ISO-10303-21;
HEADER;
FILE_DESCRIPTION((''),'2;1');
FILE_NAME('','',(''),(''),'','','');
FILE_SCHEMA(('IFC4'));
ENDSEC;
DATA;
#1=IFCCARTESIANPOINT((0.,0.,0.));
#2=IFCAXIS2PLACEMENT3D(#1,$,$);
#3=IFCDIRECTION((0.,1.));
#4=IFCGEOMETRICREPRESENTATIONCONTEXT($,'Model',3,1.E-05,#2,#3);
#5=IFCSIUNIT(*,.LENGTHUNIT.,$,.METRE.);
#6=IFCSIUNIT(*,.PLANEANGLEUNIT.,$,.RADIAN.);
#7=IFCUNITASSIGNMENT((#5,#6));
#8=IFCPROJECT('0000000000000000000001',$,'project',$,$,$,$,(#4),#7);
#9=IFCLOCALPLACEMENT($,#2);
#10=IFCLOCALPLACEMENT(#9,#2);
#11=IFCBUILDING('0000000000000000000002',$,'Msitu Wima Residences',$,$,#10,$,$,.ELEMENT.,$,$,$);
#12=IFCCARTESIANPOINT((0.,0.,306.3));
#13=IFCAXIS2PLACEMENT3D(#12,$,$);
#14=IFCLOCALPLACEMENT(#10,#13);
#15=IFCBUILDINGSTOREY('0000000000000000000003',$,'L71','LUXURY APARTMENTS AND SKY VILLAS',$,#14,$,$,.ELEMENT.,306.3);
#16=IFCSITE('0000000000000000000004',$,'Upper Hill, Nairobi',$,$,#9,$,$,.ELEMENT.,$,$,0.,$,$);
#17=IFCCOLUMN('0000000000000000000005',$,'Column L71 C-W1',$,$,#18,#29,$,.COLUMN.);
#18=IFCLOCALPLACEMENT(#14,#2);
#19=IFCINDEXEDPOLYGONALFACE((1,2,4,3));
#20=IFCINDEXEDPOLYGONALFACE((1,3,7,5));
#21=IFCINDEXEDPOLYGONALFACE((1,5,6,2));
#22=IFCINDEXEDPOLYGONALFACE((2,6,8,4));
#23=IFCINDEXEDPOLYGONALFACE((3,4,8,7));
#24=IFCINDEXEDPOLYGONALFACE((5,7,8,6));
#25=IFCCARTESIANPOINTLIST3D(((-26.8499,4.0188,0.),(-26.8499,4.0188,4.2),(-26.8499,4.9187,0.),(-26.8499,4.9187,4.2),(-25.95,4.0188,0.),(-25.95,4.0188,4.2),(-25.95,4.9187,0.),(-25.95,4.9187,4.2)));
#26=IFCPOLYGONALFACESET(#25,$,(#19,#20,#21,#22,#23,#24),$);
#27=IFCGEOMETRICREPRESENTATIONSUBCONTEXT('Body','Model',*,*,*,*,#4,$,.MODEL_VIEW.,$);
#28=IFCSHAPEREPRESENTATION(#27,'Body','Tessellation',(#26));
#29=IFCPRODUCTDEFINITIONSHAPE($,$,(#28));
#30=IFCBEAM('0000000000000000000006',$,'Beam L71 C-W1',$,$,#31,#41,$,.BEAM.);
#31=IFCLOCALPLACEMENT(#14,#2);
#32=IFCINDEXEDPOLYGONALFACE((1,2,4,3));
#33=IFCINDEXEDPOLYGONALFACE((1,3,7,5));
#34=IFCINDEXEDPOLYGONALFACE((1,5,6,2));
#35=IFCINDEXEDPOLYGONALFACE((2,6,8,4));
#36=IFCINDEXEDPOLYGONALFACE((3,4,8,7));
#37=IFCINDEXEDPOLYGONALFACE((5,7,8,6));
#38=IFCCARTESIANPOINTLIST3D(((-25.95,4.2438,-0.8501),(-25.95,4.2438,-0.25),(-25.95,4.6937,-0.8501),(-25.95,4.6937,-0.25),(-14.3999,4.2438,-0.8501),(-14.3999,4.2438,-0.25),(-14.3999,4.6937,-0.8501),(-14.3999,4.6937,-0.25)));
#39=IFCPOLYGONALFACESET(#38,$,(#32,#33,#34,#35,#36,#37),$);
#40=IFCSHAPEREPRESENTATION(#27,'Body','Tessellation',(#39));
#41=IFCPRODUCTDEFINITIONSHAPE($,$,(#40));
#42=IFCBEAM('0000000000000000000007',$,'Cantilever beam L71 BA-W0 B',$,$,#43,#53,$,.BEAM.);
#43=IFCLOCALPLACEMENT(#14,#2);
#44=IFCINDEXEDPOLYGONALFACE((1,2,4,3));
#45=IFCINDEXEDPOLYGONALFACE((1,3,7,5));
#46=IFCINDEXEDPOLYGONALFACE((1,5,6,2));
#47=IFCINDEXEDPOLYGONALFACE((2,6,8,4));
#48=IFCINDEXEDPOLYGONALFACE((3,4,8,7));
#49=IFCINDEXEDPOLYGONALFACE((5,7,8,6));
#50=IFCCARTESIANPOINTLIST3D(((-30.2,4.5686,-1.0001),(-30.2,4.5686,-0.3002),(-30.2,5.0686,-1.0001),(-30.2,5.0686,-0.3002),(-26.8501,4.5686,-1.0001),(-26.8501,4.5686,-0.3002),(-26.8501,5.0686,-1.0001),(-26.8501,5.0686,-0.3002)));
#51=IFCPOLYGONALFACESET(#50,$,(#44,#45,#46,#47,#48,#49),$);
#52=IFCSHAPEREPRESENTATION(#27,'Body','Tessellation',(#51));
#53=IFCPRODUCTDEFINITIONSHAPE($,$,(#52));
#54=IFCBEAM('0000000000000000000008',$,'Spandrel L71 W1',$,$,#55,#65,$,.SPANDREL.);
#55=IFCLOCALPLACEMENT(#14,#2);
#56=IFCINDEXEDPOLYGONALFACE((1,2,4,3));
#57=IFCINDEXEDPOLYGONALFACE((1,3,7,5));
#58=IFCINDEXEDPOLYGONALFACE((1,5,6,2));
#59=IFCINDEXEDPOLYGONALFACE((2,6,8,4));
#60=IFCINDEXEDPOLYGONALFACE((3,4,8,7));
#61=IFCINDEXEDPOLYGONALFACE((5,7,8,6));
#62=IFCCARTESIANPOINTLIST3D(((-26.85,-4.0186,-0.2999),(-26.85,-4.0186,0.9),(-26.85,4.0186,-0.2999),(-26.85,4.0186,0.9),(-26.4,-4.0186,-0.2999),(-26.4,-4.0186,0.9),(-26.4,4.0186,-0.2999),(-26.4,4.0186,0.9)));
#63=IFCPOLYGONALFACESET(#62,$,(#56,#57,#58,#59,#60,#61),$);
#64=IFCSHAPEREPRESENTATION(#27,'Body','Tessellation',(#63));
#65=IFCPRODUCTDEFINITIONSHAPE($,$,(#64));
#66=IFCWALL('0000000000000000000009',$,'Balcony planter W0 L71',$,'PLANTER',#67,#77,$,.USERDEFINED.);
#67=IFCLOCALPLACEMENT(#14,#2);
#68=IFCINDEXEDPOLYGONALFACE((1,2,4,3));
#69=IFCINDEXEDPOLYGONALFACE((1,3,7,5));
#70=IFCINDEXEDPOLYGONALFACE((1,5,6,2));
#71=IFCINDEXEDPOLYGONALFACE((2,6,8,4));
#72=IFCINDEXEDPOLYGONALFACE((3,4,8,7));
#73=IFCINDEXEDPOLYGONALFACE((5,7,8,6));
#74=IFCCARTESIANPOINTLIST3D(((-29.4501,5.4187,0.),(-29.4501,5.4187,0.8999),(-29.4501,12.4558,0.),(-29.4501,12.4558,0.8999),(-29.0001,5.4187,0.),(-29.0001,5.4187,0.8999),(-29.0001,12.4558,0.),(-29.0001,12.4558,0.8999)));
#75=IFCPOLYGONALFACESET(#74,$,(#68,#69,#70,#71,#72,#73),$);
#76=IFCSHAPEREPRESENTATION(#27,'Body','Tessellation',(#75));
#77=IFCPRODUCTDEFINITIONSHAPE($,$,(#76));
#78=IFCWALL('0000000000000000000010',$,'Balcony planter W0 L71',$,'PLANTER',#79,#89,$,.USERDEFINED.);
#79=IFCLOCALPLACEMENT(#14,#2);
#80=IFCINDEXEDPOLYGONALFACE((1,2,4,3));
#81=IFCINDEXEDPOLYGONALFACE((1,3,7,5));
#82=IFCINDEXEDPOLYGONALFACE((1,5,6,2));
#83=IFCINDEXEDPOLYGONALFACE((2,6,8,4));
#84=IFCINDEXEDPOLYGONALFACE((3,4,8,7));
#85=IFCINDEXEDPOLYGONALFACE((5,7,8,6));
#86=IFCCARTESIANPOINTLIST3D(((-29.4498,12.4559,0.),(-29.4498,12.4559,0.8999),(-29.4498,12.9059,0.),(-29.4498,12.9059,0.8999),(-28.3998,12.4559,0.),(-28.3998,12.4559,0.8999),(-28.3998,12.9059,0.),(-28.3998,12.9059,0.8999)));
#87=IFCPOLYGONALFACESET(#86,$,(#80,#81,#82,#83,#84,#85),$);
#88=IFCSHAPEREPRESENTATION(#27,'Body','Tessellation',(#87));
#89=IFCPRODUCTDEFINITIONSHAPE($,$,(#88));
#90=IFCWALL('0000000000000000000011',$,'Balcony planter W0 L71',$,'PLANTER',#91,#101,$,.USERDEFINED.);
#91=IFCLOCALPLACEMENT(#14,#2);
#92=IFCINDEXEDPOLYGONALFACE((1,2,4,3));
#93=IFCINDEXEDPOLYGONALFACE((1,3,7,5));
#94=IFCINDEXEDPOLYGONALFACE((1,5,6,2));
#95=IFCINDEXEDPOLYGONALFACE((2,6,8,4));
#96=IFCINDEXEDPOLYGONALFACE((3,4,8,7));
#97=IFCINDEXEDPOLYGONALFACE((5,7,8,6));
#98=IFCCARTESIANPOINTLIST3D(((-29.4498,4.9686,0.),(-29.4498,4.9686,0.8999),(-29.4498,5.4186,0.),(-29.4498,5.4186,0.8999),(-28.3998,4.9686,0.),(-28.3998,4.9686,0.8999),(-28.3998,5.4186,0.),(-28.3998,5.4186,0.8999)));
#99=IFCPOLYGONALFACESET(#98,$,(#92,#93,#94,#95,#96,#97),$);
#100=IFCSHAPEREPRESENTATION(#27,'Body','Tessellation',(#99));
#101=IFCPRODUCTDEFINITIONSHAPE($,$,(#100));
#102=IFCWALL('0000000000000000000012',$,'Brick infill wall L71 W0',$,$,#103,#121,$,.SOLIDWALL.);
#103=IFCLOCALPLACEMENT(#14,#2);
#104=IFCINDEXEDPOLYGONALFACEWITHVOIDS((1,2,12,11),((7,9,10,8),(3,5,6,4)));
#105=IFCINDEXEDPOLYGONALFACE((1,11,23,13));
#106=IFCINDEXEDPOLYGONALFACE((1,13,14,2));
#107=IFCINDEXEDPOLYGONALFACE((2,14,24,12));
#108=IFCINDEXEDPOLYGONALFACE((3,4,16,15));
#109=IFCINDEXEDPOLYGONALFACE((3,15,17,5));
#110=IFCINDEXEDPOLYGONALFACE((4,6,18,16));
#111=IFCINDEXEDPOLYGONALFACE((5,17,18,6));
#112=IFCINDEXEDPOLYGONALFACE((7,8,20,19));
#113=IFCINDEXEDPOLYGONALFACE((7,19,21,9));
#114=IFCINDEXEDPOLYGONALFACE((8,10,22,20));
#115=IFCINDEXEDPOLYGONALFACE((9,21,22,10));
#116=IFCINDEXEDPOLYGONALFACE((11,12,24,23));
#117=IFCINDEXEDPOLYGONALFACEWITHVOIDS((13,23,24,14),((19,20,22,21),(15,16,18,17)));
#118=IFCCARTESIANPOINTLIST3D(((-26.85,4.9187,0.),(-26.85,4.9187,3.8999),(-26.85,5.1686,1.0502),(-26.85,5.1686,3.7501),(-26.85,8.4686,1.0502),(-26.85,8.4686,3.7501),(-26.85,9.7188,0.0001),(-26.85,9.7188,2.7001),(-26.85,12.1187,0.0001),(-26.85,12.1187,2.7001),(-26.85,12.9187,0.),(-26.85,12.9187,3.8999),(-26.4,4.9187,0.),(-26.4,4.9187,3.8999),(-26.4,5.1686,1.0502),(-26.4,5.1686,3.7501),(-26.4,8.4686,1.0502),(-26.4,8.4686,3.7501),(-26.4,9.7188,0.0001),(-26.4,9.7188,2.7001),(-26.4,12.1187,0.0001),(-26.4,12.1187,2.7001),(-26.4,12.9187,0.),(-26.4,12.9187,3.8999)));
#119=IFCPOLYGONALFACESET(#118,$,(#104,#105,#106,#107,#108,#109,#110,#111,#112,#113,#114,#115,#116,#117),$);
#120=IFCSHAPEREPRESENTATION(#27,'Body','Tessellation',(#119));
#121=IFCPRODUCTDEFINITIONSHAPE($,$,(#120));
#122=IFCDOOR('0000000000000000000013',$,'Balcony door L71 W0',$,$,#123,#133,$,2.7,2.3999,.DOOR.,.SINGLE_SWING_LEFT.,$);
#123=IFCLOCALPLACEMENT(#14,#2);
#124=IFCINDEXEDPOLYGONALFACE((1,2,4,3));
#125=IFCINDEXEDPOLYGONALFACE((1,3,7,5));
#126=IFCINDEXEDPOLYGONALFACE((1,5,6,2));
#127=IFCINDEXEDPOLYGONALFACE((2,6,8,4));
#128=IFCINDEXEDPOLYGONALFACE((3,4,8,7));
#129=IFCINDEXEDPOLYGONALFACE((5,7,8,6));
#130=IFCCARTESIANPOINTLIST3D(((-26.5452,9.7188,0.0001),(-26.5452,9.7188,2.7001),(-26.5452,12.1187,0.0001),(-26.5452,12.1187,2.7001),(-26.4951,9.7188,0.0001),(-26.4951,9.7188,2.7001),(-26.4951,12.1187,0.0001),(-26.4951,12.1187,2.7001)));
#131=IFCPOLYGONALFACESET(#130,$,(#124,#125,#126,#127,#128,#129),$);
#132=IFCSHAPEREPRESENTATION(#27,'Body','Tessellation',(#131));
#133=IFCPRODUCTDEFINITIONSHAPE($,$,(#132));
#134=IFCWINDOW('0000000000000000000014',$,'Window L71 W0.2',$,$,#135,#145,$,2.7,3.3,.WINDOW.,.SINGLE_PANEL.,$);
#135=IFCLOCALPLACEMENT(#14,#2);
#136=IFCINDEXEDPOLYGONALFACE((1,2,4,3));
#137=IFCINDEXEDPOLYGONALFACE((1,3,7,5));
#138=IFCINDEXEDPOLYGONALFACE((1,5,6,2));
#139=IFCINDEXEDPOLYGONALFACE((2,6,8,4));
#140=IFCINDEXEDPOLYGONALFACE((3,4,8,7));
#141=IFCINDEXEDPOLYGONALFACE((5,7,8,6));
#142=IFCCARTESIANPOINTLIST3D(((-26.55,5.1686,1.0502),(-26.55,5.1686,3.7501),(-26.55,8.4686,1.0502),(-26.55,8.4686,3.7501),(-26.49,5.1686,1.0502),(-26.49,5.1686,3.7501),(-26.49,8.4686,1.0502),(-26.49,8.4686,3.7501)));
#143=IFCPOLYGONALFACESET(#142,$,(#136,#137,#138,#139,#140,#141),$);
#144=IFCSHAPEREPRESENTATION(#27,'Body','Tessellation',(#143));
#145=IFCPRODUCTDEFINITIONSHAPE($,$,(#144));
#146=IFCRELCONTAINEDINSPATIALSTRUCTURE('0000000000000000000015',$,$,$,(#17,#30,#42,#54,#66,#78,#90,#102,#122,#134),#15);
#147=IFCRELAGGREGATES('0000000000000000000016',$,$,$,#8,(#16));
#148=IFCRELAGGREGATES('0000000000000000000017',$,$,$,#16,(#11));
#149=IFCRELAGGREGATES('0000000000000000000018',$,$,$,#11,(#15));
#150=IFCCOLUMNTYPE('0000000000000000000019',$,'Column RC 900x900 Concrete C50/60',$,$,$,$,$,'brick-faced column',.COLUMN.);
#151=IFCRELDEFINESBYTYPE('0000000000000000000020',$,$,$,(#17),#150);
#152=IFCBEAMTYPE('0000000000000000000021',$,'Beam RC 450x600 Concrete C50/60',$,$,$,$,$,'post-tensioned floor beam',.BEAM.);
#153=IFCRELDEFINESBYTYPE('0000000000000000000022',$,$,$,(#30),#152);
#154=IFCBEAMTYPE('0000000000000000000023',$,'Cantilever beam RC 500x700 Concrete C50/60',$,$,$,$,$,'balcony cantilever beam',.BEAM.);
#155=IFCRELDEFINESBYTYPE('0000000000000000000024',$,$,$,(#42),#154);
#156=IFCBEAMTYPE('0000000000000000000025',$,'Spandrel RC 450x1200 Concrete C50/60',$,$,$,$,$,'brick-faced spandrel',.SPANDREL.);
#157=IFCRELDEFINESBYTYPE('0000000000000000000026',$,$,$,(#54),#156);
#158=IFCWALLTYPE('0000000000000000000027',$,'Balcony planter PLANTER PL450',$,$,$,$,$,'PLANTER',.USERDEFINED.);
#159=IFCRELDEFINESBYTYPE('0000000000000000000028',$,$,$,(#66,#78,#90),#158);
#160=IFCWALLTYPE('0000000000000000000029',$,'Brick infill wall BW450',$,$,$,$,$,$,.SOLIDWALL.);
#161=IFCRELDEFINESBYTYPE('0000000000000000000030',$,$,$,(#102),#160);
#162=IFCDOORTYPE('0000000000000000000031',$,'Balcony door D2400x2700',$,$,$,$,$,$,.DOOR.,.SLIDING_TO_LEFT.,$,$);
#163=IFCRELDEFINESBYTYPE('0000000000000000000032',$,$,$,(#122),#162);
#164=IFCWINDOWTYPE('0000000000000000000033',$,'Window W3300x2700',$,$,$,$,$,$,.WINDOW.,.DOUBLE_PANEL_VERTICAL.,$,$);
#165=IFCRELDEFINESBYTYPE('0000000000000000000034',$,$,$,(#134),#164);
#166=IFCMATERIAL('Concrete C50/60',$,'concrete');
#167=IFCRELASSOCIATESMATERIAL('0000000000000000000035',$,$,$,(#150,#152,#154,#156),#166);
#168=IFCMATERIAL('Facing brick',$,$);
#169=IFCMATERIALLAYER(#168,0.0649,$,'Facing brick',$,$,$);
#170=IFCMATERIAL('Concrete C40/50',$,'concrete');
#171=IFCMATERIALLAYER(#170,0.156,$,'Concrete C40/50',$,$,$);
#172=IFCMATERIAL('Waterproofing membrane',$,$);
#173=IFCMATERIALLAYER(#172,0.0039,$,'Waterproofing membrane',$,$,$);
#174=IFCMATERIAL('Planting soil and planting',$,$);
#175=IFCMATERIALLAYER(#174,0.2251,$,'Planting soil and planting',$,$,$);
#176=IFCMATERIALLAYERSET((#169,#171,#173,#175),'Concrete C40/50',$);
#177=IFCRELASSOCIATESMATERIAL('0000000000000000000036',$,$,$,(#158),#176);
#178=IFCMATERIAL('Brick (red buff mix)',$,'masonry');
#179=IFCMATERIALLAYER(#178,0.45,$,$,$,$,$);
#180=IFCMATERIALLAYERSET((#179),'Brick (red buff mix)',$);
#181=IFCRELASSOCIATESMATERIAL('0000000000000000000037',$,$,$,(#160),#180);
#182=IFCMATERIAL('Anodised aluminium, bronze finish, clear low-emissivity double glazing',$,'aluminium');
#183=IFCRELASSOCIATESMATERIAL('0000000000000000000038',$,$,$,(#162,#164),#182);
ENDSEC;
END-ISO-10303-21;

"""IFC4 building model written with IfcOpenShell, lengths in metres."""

from ifc_helpers import new_model, si_unit, direction, frame, frame_2d, origin, origin_2d, place, context, subcontext, project, spatial, rectangle, extrude, material, layer, layer_set, material_profile, profile_set, type_object, element, fill, save


model = new_model("IFC4")

# Units and contexts
model_context = context("Model", 3, precision=1e-05, world=origin(), true_north=direction((0.0, 1.0)))
body_context = subcontext(model_context, "Body", "Model", "MODEL_VIEW")
ifc_project = project(units=[si_unit("LENGTHUNIT", "METRE"), si_unit("PLANEANGLEUNIT", "RADIAN")], contexts=[model_context])

# Site, building, storey
site_placement = place(None, origin())
site = spatial("IfcSite", under=ifc_project, at=site_placement, Name="Upper Hill, Nairobi", CompositionType="ELEMENT", RefElevation=0.0)
building_placement = place(site_placement, origin())
building = spatial("IfcBuilding", under=site, at=building_placement, Name="Msitu Wima Residences", CompositionType="ELEMENT")
storey_placement = place(building_placement, frame((0.0, 0.0, 306.3)))
storey = spatial("IfcBuildingStorey", under=building, at=storey_placement, Name="L71", Description="LUXURY APARTMENTS AND SKY VILLAS", CompositionType="ELEMENT", Elevation=306.3)

# Column
ifc_material_1 = material(Name="Concrete C50/60", Category="concrete")
ifc_material_profile_1 = material_profile(ifc_material_1, rectangle(XDim=0.8999, YDim=0.8999, at=origin_2d()), Name="RC 900x900")
ifc_profile_set_1 = profile_set([ifc_material_profile_1], Name="Concrete C50/60")
column_type = type_object("IfcColumnType", Name="Column RC 900x900 Concrete C50/60", ElementType="brick-faced column", PredefinedType="COLUMN", material=ifc_profile_set_1)
column_placement = place(storey_placement, frame((-26.3999, 4.4688, 0.0), z_axis=(0.0, 0.0, 1.0), x_axis=(0.0, -1.0, 0.0)))
element("IfcColumn", 1, at=column_placement, inside=storey, type_object=column_type, Name="Column L71 C-W1", PredefinedType="COLUMN", context=body_context, shape_type="SweptSolid", body=[
    extrude(rectangle(XDim=0.8999, YDim=0.8999, at=origin_2d()), origin(), (0.0, 0.0, 1.0), 4.2),
])

# Beams
ifc_material_profile_2 = material_profile(ifc_material_1, rectangle(XDim=0.45, YDim=0.6001, at=origin_2d()), Name="RC 450x600")
ifc_profile_set_2 = profile_set([ifc_material_profile_2], Name="Concrete C50/60")
beam_type_1 = type_object("IfcBeamType", Name="Beam RC 450x600 Concrete C50/60", ElementType="post-tensioned floor beam", PredefinedType="BEAM", material=ifc_profile_set_2)
beam_1_placement = place(storey_placement, frame((-25.95, 4.4688, -0.55), z_axis=(1.0, 0.0, 0.0), x_axis=(0.0, 1.0, 0.0)))
element("IfcBeam", 2, at=beam_1_placement, inside=storey, type_object=beam_type_1, Name="Beam L71 C-W1", PredefinedType="BEAM", context=body_context, shape_type="SweptSolid", body=[
    extrude(rectangle(XDim=0.45, YDim=0.6001, at=origin_2d()), origin(), (0.0, 0.0, 1.0), 11.55),
])
ifc_material_profile_3 = material_profile(ifc_material_1, rectangle(XDim=0.5, YDim=0.7, at=origin_2d()), Name="RC 500x700")
ifc_profile_set_3 = profile_set([ifc_material_profile_3], Name="Concrete C50/60")
beam_type_2 = type_object("IfcBeamType", Name="Cantilever beam RC 500x700 Concrete C50/60", ElementType="balcony cantilever beam", PredefinedType="BEAM", material=ifc_profile_set_3)
beam_2_placement = place(storey_placement, frame((-26.8501, 4.8186, -0.6501), z_axis=(-1.0, 0.0, 0.0), x_axis=(0.0, -1.0, 0.0)))
element("IfcBeam", 3, at=beam_2_placement, inside=storey, type_object=beam_type_2, Name="Cantilever beam L71 BA-W0 B", PredefinedType="BEAM", context=body_context, shape_type="SweptSolid", body=[
    extrude(rectangle(XDim=0.5, YDim=0.7, at=origin_2d()), origin(), (0.0, 0.0, 1.0), 3.3499),
])
ifc_material_profile_4 = material_profile(ifc_material_1, rectangle(XDim=0.45, YDim=1.2, at=origin_2d()), Name="RC 450x1200")
ifc_profile_set_4 = profile_set([ifc_material_profile_4], Name="Concrete C50/60")
beam_type_3 = type_object("IfcBeamType", Name="Spandrel RC 450x1200 Concrete C50/60", ElementType="brick-faced spandrel", PredefinedType="SPANDREL", material=ifc_profile_set_4)
beam_3_placement = place(storey_placement, frame((-26.625, 4.0186, 0.3), z_axis=(0.0, -1.0, 0.0), x_axis=(1.0, 0.0, 0.0)))
element("IfcBeam", 4, at=beam_3_placement, inside=storey, type_object=beam_type_3, Name="Spandrel L71 W1", PredefinedType="SPANDREL", context=body_context, shape_type="SweptSolid", body=[
    extrude(rectangle(XDim=0.45, YDim=1.2, at=origin_2d()), origin(), (0.0, 0.0, 1.0), 8.0371),
])

# Walls
ifc_material_2 = material(Name="Facing brick")
ifc_layer_1 = layer(ifc_material_2, 0.0649, Name="Facing brick")
ifc_material_3 = material(Name="Concrete C40/50", Category="concrete")
ifc_layer_2 = layer(ifc_material_3, 0.156, Name="Concrete C40/50")
ifc_material_4 = material(Name="Waterproofing membrane")
ifc_layer_3 = layer(ifc_material_4, 0.0039, Name="Waterproofing membrane")
ifc_material_5 = material(Name="Planting soil and planting")
ifc_layer_4 = layer(ifc_material_5, 0.2251, Name="Planting soil and planting")
ifc_layer_set_1 = layer_set([ifc_layer_1, ifc_layer_2, ifc_layer_3, ifc_layer_4], Name="Concrete C40/50")
wall_type_1 = type_object("IfcWallType", Name="Balcony planter PLANTER PL450", ElementType="PLANTER", PredefinedType="USERDEFINED", material=ifc_layer_set_1)
wall_1_placement = place(storey_placement, frame((-29.2251, 12.4558, 0.0), z_axis=(0.0, 0.0, 1.0), x_axis=(0.0, -1.0, 0.0)))
element("IfcWall", 5, at=wall_1_placement, inside=storey, type_object=wall_type_1, Name="Balcony planter W0 L71", ObjectType="PLANTER", PredefinedType="USERDEFINED", context=body_context, shape_type="SweptSolid", body=[
    extrude(rectangle(XDim=7.0371, YDim=0.45, at=frame_2d((3.5186, 0.0))), origin(), (0.0, 0.0, 1.0), 0.8999),
])
for number, where, z_axis, x_axis, name in (
    (6, (-28.3999, 12.6809, 0.0), (0.0, 0.0, 1.0), (-1.0, 0.0, 0.0), "Balcony planter W0 L71"),
    (7, (-28.3999, 5.1936, 0.0), (0.0, 0.0, 1.0), (-1.0, 0.0, 0.0), "Balcony planter W0 L71"),
):
    element("IfcWall", number, at=place(storey_placement, frame(where, z_axis=z_axis, x_axis=x_axis)), inside=storey, type_object=wall_type_1, Name=name, ObjectType="PLANTER", PredefinedType="USERDEFINED", context=body_context, shape_type="SweptSolid", body=[
        extrude(rectangle(XDim=1.05, YDim=0.45, at=frame_2d((0.5249, 0.0))), origin(), (0.0, 0.0, 1.0), 0.8999),
    ])

# Wall, openings, door, window
ifc_material_6 = material(Name="Brick (red buff mix)", Category="masonry")
ifc_layer_5 = layer(ifc_material_6, 0.45)
ifc_layer_set_2 = layer_set([ifc_layer_5], Name="Brick (red buff mix)")
wall_type_2 = type_object("IfcWallType", Name="Brick infill wall BW450", PredefinedType="SOLIDWALL", material=ifc_layer_set_2)
wall_2_placement = place(storey_placement, frame((-26.625, 12.9187, 0.0), z_axis=(0.0, 0.0, 1.0), x_axis=(0.0, -1.0, 0.0)))
wall_2 = element("IfcWall", 8, at=wall_2_placement, inside=storey, type_object=wall_type_2, Name="Brick infill wall L71 W0", PredefinedType="SOLIDWALL", context=body_context, shape_type="SweptSolid", body=[
    extrude(rectangle(XDim=8.0, YDim=0.45, at=frame_2d((4.0, 0.0))), origin(), (0.0, 0.0, 1.0), 3.8999),
])
opening_1_placement = place(wall_2_placement, frame((0.8, 0.0, 0.0)))
opening_1 = element("IfcOpeningElement", 9, at=opening_1_placement, cuts=wall_2, PredefinedType="OPENING", context=body_context, shape_type="SweptSolid", body=[
    extrude(rectangle(XDim=2.3999, YDim=2.7, at=frame_2d((1.2, 1.3501))), frame((0.0, 0.2349, 0.0), z_axis=(0.0, -1.0, 0.0), x_axis=(1.0, 0.0, 0.0)), (0.0, 0.0, 1.0), 0.47),
])
opening_2_placement = place(wall_2_placement, frame((4.4502, 0.0, 1.05)))
opening_2 = element("IfcOpeningElement", 10, at=opening_2_placement, cuts=wall_2, PredefinedType="OPENING", context=body_context, shape_type="SweptSolid", body=[
    extrude(rectangle(XDim=3.3, YDim=2.7, at=frame_2d((1.6499, 1.3501))), frame((0.0, 0.2349, 0.0), z_axis=(0.0, -1.0, 0.0), x_axis=(1.0, 0.0, 0.0)), (0.0, 0.0, 1.0), 0.47),
])
ifc_material_7 = material(Name="Anodised aluminium, bronze finish, clear low-emissivity double glazing", Category="aluminium")
door_type_1 = type_object("IfcDoorType", Name="Balcony door D2400x2700", OperationType="SLIDING_TO_LEFT", PredefinedType="DOOR", material=ifc_material_7)
door_1_placement = place(opening_1_placement, origin())
door_1 = element("IfcDoor", 11, at=door_1_placement, inside=storey, type_object=door_type_1, Name="Balcony door L71 W0", OperationType="SINGLE_SWING_LEFT", OverallHeight=2.7, OverallWidth=2.3999, PredefinedType="DOOR", context=body_context, shape_type="SweptSolid", body=[
    extrude(rectangle(XDim=2.3999, YDim=2.7, at=frame_2d((1.2, 1.3501))), frame((0.0, 0.1299, 0.0), z_axis=(0.0, -1.0, 0.0), x_axis=(1.0, 0.0, 0.0)), (0.0, 0.0, 1.0), 0.05),
])
fill(opening_1, door_1)
window_type = type_object("IfcWindowType", Name="Window W3300x2700", PartitioningType="DOUBLE_PANEL_VERTICAL", PredefinedType="WINDOW", material=ifc_material_7)
window_1_placement = place(opening_2_placement, origin())
window_1 = element("IfcWindow", 12, at=window_1_placement, inside=storey, type_object=window_type, Name="Window L71 W0.2", OverallHeight=2.7, OverallWidth=3.3, PartitioningType="SINGLE_PANEL", PredefinedType="WINDOW", context=body_context, shape_type="SweptSolid", body=[
    extrude(rectangle(XDim=3.3, YDim=2.7, at=frame_2d((1.6499, 1.3501))), frame((0.0, 0.135, 0.0), z_axis=(0.0, -1.0, 0.0), x_axis=(1.0, 0.0, 0.0)), (0.0, 0.0, 1.0), 0.0601),
])
fill(opening_2, window_1)

save(model, "model.ifc")
